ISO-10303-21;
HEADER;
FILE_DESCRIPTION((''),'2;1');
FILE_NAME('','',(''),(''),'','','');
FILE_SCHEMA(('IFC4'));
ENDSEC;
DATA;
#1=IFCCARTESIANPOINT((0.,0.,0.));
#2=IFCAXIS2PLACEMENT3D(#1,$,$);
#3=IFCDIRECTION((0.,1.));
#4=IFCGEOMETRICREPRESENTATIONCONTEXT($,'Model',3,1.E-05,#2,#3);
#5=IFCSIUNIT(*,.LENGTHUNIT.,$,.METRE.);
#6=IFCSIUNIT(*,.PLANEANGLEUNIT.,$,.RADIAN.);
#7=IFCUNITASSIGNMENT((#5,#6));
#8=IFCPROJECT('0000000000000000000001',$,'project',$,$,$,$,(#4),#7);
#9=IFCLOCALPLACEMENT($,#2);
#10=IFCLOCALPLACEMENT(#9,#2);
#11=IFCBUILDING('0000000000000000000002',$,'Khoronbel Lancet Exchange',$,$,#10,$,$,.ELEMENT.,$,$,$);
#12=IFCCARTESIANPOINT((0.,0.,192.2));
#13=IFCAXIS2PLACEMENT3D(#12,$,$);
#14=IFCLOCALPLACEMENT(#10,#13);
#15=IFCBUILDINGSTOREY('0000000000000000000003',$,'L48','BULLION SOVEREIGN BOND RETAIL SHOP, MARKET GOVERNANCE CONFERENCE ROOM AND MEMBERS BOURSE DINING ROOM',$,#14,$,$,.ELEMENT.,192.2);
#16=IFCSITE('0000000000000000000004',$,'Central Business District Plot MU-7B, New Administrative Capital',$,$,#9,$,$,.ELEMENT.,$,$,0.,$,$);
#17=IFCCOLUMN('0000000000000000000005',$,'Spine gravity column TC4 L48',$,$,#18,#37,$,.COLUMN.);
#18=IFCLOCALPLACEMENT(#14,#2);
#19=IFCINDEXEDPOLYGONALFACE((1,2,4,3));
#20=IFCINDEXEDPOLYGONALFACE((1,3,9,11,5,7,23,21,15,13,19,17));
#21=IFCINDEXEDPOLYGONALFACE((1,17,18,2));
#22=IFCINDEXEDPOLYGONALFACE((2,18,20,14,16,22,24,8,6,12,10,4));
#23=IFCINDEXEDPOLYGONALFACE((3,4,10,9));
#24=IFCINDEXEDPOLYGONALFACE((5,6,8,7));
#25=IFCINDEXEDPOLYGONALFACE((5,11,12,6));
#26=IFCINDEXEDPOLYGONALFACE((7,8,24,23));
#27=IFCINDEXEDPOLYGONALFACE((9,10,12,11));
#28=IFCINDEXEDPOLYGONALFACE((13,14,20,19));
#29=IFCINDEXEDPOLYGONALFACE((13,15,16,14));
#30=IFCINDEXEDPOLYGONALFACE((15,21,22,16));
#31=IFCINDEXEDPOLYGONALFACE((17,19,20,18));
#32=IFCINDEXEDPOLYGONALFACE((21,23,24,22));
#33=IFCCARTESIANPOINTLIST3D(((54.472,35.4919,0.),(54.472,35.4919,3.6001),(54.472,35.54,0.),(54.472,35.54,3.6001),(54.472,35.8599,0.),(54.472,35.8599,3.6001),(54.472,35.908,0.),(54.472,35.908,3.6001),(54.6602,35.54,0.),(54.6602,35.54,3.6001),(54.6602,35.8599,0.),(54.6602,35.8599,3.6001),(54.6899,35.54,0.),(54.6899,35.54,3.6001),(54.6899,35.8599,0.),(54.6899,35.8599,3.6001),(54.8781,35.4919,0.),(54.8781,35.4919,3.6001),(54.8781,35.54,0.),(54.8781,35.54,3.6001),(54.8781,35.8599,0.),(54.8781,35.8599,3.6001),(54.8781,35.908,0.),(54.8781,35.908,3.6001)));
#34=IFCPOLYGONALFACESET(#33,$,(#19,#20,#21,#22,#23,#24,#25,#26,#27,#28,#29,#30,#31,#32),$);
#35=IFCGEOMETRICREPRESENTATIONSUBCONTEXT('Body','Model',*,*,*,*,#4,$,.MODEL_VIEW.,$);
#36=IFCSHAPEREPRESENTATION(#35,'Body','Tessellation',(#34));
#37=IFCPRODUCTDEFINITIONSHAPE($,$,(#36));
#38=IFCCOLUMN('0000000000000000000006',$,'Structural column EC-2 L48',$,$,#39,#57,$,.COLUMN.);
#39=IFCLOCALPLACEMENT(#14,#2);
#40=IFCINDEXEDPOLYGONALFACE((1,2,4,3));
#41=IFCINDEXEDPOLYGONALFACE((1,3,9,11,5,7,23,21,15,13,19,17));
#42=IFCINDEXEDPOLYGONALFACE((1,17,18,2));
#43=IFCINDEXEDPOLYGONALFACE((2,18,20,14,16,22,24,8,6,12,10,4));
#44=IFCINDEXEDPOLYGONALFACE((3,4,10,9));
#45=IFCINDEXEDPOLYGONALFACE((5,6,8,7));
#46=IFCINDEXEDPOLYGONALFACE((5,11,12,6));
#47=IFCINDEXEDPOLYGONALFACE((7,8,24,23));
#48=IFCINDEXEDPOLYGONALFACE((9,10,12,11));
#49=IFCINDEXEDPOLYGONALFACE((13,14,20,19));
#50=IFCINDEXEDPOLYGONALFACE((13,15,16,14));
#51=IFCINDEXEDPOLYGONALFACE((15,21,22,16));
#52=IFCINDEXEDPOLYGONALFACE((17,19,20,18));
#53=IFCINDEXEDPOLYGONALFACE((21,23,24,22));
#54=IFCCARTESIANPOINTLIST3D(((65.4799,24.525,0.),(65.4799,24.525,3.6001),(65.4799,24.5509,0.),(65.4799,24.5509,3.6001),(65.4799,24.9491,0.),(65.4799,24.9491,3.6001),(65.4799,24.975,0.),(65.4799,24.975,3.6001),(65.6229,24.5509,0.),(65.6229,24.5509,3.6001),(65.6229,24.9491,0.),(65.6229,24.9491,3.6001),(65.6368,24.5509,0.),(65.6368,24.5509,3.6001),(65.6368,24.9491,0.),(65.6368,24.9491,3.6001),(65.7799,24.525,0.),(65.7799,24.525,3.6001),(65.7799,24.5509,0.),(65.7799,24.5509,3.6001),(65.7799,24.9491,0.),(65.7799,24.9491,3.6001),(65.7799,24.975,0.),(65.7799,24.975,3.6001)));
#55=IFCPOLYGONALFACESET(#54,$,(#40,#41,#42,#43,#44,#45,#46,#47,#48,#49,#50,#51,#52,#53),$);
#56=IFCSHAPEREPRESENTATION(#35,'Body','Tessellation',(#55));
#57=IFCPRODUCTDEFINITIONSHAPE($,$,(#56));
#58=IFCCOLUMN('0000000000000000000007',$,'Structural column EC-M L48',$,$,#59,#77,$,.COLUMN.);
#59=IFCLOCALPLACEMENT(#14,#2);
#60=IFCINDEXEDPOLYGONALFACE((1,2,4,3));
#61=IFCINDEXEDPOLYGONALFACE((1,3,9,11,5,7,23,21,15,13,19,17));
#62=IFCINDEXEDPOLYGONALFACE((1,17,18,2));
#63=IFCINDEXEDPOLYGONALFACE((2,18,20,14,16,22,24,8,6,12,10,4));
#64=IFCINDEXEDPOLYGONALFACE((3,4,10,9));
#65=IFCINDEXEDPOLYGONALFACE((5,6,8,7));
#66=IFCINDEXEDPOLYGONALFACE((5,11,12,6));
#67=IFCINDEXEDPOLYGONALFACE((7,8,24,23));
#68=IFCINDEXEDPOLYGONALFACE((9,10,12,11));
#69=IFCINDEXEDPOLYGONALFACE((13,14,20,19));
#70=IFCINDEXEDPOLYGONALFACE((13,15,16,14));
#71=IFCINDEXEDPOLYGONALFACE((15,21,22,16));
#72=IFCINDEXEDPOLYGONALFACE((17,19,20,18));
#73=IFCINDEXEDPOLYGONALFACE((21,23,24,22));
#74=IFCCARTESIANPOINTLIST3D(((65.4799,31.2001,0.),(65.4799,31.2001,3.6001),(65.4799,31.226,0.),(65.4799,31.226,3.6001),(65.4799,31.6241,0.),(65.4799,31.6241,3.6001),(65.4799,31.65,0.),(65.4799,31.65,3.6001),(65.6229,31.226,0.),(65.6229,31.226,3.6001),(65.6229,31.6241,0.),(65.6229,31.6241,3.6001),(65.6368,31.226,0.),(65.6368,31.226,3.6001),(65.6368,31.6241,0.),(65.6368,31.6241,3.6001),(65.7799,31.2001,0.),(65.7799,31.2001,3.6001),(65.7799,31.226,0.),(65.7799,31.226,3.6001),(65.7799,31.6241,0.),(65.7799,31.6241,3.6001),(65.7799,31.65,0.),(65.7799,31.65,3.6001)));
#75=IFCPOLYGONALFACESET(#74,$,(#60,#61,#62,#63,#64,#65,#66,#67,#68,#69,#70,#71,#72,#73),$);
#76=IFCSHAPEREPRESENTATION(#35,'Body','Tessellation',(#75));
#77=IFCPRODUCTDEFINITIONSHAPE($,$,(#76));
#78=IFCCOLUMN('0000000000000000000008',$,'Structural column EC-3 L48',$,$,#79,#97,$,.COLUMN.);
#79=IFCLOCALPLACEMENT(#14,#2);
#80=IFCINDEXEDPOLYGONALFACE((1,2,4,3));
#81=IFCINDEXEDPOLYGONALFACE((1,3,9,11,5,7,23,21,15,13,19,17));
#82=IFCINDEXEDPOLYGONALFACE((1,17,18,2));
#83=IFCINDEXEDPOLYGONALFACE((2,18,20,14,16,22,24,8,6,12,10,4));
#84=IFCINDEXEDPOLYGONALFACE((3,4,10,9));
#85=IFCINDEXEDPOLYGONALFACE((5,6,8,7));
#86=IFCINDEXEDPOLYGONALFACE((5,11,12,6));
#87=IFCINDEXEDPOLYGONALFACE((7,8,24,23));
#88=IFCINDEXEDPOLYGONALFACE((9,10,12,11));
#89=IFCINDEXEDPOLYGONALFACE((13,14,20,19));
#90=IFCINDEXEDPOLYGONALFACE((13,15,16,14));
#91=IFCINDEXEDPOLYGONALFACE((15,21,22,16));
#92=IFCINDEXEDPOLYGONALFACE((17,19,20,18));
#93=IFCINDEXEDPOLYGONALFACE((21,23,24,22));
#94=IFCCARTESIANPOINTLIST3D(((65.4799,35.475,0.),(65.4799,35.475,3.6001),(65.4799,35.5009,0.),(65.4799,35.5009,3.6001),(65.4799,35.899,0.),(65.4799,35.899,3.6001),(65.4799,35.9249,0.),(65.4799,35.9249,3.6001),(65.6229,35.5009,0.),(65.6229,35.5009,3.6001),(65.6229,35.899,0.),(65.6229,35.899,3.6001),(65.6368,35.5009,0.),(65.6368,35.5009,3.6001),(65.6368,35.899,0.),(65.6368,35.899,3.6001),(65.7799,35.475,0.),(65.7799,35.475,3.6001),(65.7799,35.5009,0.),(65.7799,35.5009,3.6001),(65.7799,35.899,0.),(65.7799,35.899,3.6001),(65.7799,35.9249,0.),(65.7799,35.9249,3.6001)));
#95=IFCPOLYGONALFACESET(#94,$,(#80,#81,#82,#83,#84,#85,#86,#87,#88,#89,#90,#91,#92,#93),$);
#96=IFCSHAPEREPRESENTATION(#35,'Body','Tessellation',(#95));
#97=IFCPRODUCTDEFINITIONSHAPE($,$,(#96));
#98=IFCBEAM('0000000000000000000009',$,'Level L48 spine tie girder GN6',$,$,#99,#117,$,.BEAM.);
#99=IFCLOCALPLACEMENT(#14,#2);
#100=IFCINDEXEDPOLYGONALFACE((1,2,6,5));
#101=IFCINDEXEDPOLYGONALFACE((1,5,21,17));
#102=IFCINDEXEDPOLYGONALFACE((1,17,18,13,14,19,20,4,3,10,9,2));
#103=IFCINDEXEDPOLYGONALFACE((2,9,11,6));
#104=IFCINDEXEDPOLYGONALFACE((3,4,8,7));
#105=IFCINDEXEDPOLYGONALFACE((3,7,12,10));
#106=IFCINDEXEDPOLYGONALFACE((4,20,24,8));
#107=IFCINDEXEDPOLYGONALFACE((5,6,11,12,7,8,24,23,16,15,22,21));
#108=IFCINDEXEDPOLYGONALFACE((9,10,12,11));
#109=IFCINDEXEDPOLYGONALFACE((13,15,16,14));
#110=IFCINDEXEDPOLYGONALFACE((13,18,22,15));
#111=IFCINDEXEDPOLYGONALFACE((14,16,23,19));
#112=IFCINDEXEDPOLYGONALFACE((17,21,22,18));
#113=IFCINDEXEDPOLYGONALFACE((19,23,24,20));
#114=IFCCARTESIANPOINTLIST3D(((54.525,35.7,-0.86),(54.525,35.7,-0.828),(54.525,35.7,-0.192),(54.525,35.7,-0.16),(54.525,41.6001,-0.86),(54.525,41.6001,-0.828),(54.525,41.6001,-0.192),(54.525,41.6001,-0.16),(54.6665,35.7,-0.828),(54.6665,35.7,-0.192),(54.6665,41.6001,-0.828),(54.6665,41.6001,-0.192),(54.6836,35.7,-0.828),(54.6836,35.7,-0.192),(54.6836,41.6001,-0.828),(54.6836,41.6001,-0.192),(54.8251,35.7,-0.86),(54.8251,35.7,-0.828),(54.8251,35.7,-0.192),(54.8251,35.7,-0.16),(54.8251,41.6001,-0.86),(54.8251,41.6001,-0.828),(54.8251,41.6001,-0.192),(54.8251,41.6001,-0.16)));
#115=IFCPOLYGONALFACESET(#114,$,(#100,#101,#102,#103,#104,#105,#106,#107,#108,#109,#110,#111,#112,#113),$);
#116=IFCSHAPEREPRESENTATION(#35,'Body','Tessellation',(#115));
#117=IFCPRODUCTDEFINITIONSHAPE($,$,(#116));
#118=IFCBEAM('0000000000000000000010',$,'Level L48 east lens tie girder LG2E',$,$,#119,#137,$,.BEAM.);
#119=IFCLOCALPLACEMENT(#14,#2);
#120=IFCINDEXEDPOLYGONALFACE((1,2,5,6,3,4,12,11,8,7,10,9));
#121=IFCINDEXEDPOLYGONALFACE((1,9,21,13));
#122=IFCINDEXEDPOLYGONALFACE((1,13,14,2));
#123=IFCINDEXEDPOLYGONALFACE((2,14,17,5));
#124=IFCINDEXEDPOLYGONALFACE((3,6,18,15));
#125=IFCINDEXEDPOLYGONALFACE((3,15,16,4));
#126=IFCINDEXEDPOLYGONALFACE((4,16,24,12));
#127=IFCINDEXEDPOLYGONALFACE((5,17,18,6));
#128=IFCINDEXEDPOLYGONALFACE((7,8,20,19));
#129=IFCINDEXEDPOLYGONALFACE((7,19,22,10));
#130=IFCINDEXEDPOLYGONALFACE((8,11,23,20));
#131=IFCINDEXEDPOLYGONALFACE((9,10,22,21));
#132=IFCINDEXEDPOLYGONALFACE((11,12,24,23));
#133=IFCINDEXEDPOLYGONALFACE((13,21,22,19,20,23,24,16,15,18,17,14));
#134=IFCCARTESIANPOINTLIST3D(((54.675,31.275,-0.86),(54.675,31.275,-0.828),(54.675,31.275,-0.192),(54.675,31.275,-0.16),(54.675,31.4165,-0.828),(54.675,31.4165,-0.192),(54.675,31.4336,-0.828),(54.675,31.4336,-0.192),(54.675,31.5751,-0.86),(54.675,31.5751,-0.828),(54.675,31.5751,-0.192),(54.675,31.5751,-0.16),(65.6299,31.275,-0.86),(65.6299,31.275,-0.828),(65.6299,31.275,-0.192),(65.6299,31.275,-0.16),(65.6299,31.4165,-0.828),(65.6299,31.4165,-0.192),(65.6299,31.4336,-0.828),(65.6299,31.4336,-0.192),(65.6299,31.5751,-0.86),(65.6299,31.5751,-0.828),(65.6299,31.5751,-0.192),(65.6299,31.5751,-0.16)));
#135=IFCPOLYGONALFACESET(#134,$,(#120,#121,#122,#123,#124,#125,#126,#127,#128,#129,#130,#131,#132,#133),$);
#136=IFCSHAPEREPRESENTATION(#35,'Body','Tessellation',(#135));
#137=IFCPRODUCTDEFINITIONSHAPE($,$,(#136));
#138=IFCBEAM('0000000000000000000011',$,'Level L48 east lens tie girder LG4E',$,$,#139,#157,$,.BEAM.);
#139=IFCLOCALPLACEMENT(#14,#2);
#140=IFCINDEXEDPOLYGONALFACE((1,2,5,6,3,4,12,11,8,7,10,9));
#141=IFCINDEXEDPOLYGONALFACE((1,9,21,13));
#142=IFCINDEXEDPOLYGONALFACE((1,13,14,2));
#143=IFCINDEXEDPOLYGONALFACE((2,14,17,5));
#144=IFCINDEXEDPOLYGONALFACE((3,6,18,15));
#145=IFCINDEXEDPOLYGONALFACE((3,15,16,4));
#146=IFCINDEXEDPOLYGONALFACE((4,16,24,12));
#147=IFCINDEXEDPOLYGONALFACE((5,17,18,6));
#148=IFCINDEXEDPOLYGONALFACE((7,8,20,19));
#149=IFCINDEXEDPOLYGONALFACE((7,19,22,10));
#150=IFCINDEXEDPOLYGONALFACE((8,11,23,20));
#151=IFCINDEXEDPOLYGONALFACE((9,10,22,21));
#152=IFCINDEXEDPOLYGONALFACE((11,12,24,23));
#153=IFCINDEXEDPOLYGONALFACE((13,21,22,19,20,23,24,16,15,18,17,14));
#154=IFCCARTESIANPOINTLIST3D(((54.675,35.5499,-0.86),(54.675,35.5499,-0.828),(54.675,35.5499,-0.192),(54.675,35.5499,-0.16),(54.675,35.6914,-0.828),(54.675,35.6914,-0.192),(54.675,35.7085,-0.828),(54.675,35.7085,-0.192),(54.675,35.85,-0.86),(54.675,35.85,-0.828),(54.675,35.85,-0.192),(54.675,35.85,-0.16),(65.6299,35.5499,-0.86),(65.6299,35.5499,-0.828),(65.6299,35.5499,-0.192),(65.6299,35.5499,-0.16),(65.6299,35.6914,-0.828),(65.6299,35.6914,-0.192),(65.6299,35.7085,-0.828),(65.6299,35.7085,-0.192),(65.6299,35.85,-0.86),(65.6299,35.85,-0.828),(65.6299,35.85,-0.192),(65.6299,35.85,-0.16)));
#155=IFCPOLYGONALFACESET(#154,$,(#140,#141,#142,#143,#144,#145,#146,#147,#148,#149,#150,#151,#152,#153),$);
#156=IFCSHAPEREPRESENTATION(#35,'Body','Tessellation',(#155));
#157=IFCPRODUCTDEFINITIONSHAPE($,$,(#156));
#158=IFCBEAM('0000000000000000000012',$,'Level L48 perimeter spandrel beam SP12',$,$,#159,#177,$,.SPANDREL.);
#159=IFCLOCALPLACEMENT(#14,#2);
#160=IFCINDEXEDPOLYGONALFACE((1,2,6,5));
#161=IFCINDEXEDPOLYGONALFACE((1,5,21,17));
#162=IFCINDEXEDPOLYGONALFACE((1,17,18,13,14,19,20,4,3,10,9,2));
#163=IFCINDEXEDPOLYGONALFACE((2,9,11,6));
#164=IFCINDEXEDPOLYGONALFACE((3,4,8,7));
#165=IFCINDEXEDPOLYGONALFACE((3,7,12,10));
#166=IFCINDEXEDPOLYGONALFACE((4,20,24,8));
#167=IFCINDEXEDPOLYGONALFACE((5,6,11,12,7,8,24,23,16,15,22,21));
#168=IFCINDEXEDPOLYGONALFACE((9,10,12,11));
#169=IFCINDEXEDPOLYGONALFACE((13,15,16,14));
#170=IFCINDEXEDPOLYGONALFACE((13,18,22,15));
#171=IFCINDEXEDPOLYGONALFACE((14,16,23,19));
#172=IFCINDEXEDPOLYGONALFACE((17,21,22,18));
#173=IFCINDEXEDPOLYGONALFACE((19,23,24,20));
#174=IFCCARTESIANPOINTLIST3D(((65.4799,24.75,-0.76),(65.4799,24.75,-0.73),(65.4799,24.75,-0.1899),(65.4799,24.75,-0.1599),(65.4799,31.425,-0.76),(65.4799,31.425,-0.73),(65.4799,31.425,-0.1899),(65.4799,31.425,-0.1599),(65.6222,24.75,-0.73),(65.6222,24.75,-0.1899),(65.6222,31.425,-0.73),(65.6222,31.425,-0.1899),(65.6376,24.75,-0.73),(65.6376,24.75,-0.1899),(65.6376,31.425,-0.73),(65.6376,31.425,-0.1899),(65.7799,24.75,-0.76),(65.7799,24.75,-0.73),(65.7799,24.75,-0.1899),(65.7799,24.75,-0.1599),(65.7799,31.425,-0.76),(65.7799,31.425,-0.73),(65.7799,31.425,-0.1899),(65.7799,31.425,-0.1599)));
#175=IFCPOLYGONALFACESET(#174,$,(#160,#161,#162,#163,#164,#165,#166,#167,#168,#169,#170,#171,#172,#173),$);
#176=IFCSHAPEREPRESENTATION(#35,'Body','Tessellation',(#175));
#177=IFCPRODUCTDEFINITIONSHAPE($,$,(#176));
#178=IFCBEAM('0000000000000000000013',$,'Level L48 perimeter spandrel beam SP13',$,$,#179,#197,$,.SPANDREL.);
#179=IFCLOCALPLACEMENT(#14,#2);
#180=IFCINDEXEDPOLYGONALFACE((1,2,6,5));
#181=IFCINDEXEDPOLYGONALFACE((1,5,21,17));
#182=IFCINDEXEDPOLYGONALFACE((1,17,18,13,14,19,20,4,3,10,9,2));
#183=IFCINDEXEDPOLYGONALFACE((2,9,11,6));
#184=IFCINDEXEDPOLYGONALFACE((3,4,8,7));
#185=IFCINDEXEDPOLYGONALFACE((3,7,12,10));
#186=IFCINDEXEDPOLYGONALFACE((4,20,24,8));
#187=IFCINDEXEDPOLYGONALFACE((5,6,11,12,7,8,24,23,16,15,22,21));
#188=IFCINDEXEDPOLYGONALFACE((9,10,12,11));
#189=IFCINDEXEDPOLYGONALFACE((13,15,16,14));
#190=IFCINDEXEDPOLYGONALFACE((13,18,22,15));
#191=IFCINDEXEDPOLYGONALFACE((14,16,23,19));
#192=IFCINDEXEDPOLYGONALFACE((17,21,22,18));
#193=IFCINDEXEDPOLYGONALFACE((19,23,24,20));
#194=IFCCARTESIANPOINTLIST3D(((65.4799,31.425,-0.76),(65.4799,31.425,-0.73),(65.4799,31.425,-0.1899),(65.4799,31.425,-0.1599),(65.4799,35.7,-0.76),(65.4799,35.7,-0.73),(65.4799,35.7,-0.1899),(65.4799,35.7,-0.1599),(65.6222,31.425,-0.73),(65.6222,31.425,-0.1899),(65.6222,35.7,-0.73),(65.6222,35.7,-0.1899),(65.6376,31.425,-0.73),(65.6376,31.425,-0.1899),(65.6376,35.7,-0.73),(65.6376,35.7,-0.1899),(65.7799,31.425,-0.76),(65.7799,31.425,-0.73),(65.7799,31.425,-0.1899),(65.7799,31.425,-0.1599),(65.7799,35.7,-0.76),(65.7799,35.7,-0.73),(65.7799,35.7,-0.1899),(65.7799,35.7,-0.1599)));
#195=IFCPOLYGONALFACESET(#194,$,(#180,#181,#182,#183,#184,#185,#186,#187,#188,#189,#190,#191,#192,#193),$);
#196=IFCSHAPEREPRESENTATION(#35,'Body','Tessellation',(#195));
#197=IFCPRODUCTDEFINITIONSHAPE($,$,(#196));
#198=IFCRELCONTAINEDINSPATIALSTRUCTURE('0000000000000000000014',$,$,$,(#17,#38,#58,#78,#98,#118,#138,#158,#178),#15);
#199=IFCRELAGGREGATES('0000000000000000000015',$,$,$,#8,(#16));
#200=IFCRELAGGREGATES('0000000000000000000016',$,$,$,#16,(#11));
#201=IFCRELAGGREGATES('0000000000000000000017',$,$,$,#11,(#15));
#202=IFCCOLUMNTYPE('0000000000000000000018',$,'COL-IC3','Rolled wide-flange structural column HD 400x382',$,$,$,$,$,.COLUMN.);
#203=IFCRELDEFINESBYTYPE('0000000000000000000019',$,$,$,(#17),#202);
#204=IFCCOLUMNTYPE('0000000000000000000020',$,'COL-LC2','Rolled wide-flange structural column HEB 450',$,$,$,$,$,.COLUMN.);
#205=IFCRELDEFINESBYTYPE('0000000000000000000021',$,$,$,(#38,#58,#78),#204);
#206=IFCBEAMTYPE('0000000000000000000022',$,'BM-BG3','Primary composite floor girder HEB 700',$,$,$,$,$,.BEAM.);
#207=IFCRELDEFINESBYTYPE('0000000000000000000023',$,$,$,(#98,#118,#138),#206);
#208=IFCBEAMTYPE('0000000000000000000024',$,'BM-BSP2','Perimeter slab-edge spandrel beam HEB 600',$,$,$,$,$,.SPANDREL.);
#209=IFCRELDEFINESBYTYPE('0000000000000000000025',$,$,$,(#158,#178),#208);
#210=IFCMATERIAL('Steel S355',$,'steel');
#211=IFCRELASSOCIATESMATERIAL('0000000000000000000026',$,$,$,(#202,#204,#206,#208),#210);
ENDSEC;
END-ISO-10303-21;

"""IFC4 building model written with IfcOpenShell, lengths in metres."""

from ifc_helpers import new_model, si_unit, direction, frame, origin, origin_2d, place, context, subcontext, project, spatial, i_section, extrude, material, material_profile, profile_set, type_object, element, save


model = new_model("IFC4")

# Units and contexts
model_context = context("Model", 3, precision=1e-05, world=origin(), true_north=direction((0.0, 1.0)))
body_context = subcontext(model_context, "Body", "Model", "MODEL_VIEW")
ifc_project = project(units=[si_unit("LENGTHUNIT", "METRE"), si_unit("PLANEANGLEUNIT", "RADIAN")], contexts=[model_context])

# Site, building, storey
site_placement = place(None, origin())
site = spatial("IfcSite", under=ifc_project, at=site_placement, Name="Central Business District Plot MU-7B, New Administrative Capital", CompositionType="ELEMENT", RefElevation=0.0)
building_placement = place(site_placement, origin())
building = spatial("IfcBuilding", under=site, at=building_placement, Name="Khoronbel Lancet Exchange", CompositionType="ELEMENT")
storey_placement = place(building_placement, frame((0.0, 0.0, 192.2)))
storey = spatial("IfcBuildingStorey", under=building, at=storey_placement, Name="L48", Description="BULLION SOVEREIGN BOND RETAIL SHOP, MARKET GOVERNANCE CONFERENCE ROOM AND MEMBERS BOURSE DINING ROOM", CompositionType="ELEMENT", Elevation=192.2)

# Columns
ifc_material_1 = material(Name="Steel S355", Category="steel")
ifc_material_profile_1 = material_profile(ifc_material_1, i_section(OverallWidth=0.406, OverallDepth=0.416, WebThickness=0.0298, FlangeThickness=0.0481, at=origin_2d()), Name="HD 400x382")
ifc_profile_set_1 = profile_set([ifc_material_profile_1], Name="Steel S355")
column_type_1 = type_object("IfcColumnType", Name="COL-IC3", Description="Rolled wide-flange structural column HD 400x382", PredefinedType="COLUMN", material=ifc_profile_set_1)
column_placement = place(storey_placement, frame((54.675, 35.7, 0.0), z_axis=(0.0, 0.0, 1.0), x_axis=(1.0, 0.0, 0.0)))
element("IfcColumn", 1, at=column_placement, inside=storey, type_object=column_type_1, Name="Spine gravity column TC4 L48", PredefinedType="COLUMN", context=body_context, shape_type="SweptSolid", body=[
    extrude(i_section(OverallWidth=0.406, OverallDepth=0.416, WebThickness=0.0298, FlangeThickness=0.0481, at=origin_2d()), origin(), (0.0, 0.0, 1.0), 3.6001),
])
ifc_material_profile_2 = material_profile(ifc_material_1, i_section(OverallWidth=0.3, OverallDepth=0.45, WebThickness=0.0139, FlangeThickness=0.0259, at=origin_2d()), Name="HEB 450")
ifc_profile_set_2 = profile_set([ifc_material_profile_2], Name="Steel S355")
column_type_2 = type_object("IfcColumnType", Name="COL-LC2", Description="Rolled wide-flange structural column HEB 450", PredefinedType="COLUMN", material=ifc_profile_set_2)
for number, where, z_axis, x_axis, name in (
    (2, (65.6299, 24.75, 0.0), (0.0, 0.0, 1.0), (1.0, 0.0, 0.0), "Structural column EC-2 L48"),
    (3, (65.6299, 31.425, 0.0), (0.0, 0.0, 1.0), (1.0, 0.0, 0.0), "Structural column EC-M L48"),
    (4, (65.6299, 35.7, 0.0), (0.0, 0.0, 1.0), (1.0, 0.0, 0.0), "Structural column EC-3 L48"),
):
    element("IfcColumn", number, at=place(storey_placement, frame(where, z_axis=z_axis, x_axis=x_axis)), inside=storey, type_object=column_type_2, Name=name, PredefinedType="COLUMN", context=body_context, shape_type="SweptSolid", body=[
        extrude(i_section(OverallWidth=0.3, OverallDepth=0.45, WebThickness=0.0139, FlangeThickness=0.0259, at=origin_2d()), origin(), (0.0, 0.0, 1.0), 3.6001),
    ])

# Beams
ifc_material_profile_3 = material_profile(ifc_material_1, i_section(OverallWidth=0.3, OverallDepth=0.7, WebThickness=0.0171, FlangeThickness=0.032, at=origin_2d()), Name="HEB 700")
ifc_profile_set_3 = profile_set([ifc_material_profile_3], Name="Steel S355")
beam_type_1 = type_object("IfcBeamType", Name="BM-BG3", Description="Primary composite floor girder HEB 700", PredefinedType="BEAM", material=ifc_profile_set_3)
beam_1_placement = place(storey_placement, frame((54.675, 35.7, -0.51), z_axis=(0.0, 1.0, 0.0), x_axis=(-1.0, 0.0, 0.0)))
element("IfcBeam", 5, at=beam_1_placement, inside=storey, type_object=beam_type_1, Name="Level L48 spine tie girder GN6", PredefinedType="BEAM", context=body_context, shape_type="SweptSolid", body=[
    extrude(i_section(OverallWidth=0.3, OverallDepth=0.7, WebThickness=0.0171, FlangeThickness=0.032, at=origin_2d()), origin(), (0.0, 0.0, 1.0), 5.9001),
])
for number, where, z_axis, x_axis, name in (
    (6, (54.675, 31.425, -0.51), (1.0, 0.0, 0.0), (0.0, 1.0, 0.0), "Level L48 east lens tie girder LG2E"),
    (7, (54.675, 35.7, -0.51), (1.0, 0.0, 0.0), (0.0, 1.0, 0.0), "Level L48 east lens tie girder LG4E"),
):
    element("IfcBeam", number, at=place(storey_placement, frame(where, z_axis=z_axis, x_axis=x_axis)), inside=storey, type_object=beam_type_1, Name=name, PredefinedType="BEAM", context=body_context, shape_type="SweptSolid", body=[
        extrude(i_section(OverallWidth=0.3, OverallDepth=0.7, WebThickness=0.0171, FlangeThickness=0.032, at=origin_2d()), origin(), (0.0, 0.0, 1.0), 10.9548),
    ])
ifc_material_profile_4 = material_profile(ifc_material_1, i_section(OverallWidth=0.3, OverallDepth=0.6001, WebThickness=0.0154, FlangeThickness=0.03, at=origin_2d()), Name="HEB 600")
ifc_profile_set_4 = profile_set([ifc_material_profile_4], Name="Steel S355")
beam_type_2 = type_object("IfcBeamType", Name="BM-BSP2", Description="Perimeter slab-edge spandrel beam HEB 600", PredefinedType="SPANDREL", material=ifc_profile_set_4)
beam_2_placement = place(storey_placement, frame((65.6299, 24.75, -0.46), z_axis=(0.0, 1.0, 0.0), x_axis=(-1.0, 0.0, 0.0)))
element("IfcBeam", 8, at=beam_2_placement, inside=storey, type_object=beam_type_2, Name="Level L48 perimeter spandrel beam SP12", PredefinedType="SPANDREL", context=body_context, shape_type="SweptSolid", body=[
    extrude(i_section(OverallWidth=0.3, OverallDepth=0.6001, WebThickness=0.0154, FlangeThickness=0.03, at=origin_2d()), origin(), (0.0, 0.0, 1.0), 6.675),
])
beam_3_placement = place(storey_placement, frame((65.6299, 31.425, -0.46), z_axis=(0.0, 1.0, 0.0), x_axis=(-1.0, 0.0, 0.0)))
element("IfcBeam", 9, at=beam_3_placement, inside=storey, type_object=beam_type_2, Name="Level L48 perimeter spandrel beam SP13", PredefinedType="SPANDREL", context=body_context, shape_type="SweptSolid", body=[
    extrude(i_section(OverallWidth=0.3, OverallDepth=0.6001, WebThickness=0.0154, FlangeThickness=0.03, at=origin_2d()), origin(), (0.0, 0.0, 1.0), 4.2749),
])

save(model, "model.ifc")
